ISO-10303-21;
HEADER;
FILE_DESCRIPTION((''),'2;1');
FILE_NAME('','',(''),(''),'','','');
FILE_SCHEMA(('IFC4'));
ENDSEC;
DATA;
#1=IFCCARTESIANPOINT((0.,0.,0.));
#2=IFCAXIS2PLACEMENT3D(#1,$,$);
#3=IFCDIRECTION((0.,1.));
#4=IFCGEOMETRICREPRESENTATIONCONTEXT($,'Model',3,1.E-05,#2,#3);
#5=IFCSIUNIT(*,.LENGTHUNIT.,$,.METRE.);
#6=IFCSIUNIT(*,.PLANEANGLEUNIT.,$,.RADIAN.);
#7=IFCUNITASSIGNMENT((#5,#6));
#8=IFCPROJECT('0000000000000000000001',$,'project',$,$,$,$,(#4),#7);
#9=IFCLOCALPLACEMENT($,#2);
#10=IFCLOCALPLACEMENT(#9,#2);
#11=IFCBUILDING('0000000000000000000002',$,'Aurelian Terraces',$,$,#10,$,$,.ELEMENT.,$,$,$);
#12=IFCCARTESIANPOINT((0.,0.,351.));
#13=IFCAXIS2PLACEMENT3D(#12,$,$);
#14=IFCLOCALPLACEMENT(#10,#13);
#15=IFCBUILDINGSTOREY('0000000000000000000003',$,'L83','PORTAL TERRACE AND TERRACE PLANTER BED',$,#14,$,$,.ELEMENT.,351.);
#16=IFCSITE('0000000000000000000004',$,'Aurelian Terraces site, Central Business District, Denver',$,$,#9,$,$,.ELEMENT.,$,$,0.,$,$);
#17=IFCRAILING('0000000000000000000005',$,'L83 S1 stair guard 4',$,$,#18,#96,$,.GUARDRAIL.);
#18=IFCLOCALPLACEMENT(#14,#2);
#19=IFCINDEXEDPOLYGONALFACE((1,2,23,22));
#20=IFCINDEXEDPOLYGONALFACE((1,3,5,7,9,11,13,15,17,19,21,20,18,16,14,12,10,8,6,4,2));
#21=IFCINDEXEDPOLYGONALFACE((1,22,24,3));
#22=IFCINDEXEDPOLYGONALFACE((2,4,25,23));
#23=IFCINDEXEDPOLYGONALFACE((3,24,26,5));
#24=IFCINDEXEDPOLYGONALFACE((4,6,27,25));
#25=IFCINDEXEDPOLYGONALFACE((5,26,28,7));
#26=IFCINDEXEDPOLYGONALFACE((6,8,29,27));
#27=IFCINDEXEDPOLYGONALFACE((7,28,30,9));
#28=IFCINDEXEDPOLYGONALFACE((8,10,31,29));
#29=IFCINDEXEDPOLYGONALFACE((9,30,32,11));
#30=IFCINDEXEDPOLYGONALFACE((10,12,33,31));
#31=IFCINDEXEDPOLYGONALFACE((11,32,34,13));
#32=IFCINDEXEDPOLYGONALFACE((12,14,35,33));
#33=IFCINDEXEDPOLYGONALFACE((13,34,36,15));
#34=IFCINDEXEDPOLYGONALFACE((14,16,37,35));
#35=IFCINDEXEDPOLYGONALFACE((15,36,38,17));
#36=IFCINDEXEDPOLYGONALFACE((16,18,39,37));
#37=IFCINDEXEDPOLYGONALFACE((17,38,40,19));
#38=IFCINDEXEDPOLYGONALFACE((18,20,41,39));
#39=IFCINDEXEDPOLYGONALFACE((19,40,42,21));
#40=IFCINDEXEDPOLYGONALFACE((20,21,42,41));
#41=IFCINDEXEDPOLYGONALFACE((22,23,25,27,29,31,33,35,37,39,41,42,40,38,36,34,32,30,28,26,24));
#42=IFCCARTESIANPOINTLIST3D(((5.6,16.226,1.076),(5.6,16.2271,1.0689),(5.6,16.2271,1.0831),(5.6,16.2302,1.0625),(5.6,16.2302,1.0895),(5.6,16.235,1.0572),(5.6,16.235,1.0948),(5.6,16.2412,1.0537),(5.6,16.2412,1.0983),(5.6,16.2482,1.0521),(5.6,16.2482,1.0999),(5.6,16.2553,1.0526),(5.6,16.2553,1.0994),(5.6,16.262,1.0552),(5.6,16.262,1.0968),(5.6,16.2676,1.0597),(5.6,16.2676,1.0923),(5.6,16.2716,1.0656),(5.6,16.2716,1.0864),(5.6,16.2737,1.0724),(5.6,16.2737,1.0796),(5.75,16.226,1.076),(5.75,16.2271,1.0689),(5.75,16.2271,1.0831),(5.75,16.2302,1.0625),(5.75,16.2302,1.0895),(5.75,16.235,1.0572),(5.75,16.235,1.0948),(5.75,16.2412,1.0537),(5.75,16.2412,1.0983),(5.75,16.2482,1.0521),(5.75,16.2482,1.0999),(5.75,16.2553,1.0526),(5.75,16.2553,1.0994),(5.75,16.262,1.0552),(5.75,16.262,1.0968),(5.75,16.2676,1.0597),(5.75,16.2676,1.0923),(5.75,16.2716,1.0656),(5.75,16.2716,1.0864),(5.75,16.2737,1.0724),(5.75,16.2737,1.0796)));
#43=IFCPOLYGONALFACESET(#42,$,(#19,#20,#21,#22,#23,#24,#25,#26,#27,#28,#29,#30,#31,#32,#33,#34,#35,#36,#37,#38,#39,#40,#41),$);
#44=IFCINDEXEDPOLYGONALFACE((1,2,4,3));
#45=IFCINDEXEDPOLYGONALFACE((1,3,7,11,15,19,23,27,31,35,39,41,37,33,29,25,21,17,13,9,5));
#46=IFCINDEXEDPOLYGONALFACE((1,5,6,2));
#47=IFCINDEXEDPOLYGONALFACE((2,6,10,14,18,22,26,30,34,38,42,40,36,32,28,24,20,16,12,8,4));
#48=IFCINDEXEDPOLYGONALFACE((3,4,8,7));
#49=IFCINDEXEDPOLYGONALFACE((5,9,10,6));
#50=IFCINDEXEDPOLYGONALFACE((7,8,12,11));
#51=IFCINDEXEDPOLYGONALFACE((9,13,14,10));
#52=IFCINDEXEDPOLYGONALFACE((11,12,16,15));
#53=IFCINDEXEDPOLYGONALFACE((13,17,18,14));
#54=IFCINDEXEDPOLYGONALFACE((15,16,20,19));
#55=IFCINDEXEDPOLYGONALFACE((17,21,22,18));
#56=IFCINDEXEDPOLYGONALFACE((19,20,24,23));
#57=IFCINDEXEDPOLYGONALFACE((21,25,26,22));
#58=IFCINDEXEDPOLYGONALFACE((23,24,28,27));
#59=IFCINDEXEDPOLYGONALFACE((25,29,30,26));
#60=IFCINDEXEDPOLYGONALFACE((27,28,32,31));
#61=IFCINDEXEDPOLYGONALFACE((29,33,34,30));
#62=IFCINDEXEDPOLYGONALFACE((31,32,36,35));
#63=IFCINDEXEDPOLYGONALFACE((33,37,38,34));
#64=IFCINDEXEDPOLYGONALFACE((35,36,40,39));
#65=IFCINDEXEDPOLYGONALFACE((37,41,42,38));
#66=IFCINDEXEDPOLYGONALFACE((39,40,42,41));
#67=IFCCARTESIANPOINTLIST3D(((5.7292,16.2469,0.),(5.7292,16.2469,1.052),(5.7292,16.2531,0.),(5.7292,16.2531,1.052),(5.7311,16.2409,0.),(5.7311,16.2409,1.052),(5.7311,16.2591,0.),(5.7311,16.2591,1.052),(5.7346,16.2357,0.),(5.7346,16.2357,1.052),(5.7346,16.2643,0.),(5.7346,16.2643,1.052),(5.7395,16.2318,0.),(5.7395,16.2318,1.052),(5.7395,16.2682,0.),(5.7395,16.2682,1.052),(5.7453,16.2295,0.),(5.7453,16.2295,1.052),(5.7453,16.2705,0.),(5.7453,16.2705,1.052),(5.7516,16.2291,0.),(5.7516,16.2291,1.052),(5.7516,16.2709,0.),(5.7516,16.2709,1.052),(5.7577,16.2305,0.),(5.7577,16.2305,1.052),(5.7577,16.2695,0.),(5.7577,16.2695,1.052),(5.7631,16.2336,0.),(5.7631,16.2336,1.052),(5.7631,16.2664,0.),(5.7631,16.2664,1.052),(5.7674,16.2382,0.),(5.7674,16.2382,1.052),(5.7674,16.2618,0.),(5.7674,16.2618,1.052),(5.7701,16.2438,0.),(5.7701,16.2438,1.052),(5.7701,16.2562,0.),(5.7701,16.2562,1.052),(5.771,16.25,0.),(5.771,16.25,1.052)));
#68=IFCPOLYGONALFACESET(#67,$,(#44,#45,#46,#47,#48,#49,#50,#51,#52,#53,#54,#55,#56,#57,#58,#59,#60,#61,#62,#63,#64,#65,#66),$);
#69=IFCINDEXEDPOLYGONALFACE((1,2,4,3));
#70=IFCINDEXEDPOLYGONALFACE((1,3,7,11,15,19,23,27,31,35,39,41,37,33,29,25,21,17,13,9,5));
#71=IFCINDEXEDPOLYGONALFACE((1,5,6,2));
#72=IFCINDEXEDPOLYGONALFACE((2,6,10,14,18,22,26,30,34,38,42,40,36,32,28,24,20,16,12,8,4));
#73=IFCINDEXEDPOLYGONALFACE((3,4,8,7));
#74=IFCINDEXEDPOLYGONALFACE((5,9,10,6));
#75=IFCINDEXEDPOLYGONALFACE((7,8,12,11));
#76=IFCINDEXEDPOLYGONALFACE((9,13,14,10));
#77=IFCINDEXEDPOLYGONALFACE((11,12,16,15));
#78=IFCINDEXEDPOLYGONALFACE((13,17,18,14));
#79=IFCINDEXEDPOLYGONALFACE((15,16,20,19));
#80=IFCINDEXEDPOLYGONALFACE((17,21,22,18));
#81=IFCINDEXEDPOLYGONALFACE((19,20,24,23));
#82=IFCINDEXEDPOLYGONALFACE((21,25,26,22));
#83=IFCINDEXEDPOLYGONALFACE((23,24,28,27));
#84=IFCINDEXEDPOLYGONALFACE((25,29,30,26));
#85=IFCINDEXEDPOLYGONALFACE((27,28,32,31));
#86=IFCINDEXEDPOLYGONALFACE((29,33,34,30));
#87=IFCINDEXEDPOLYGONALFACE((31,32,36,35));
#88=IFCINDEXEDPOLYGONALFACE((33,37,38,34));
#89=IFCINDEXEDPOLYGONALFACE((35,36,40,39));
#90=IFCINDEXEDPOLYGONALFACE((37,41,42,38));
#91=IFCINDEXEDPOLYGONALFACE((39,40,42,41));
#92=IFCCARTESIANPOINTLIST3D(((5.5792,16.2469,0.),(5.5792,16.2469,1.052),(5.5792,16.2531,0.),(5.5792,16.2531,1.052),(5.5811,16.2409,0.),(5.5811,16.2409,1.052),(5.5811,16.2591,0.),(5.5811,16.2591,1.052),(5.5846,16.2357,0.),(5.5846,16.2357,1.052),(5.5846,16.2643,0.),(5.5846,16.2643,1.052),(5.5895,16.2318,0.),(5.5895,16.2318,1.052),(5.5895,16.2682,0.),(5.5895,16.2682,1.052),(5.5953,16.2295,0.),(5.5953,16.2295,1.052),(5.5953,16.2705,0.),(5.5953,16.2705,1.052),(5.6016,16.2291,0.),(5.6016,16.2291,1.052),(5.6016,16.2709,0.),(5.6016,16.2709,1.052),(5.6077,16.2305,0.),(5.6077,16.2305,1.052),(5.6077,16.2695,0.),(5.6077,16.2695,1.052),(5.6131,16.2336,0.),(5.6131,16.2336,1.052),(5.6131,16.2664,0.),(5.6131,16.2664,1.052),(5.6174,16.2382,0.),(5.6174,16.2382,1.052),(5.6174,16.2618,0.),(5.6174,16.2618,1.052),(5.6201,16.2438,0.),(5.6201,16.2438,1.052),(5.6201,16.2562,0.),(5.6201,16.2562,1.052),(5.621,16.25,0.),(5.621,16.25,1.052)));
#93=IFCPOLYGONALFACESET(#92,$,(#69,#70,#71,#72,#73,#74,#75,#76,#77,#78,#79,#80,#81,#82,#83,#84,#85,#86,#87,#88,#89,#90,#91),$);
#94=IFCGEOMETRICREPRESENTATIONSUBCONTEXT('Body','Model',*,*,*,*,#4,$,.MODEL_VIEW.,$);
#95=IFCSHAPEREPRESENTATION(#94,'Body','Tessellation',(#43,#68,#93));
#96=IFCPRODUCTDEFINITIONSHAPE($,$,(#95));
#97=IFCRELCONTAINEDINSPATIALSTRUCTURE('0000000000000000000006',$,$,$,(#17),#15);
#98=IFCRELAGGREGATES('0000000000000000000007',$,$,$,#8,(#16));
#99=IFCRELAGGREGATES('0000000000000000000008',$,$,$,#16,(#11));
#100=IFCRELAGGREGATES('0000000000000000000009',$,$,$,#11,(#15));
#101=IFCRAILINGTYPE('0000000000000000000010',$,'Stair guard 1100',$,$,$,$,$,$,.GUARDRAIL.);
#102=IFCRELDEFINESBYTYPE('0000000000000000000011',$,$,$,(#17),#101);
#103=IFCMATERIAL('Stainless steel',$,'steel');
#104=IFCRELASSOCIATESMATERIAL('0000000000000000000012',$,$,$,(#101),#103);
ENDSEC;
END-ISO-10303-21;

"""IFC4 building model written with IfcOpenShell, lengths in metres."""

from ifc_helpers import new_model, si_unit, direction, frame, origin, origin_2d, place, context, subcontext, project, spatial, circle, extrude, source, transform, mapped, material, type_object, element, save


model = new_model("IFC4")

# Units and contexts
model_context = context("Model", 3, precision=1e-05, world=origin(), true_north=direction((0.0, 1.0)))
body_context = subcontext(model_context, "Body", "Model", "MODEL_VIEW")
ifc_project = project(units=[si_unit("LENGTHUNIT", "METRE"), si_unit("PLANEANGLEUNIT", "RADIAN")], contexts=[model_context])

# Site, building, storey
site_placement = place(None, origin())
site = spatial("IfcSite", under=ifc_project, at=site_placement, Name="Aurelian Terraces site, Central Business District, Denver", CompositionType="ELEMENT", RefElevation=0.0)
building_placement = place(site_placement, origin())
building = spatial("IfcBuilding", under=site, at=building_placement, Name="Aurelian Terraces", CompositionType="ELEMENT")
storey_placement = place(building_placement, frame((0.0, 0.0, 351.0)))
storey = spatial("IfcBuildingStorey", under=building, at=storey_placement, Name="L83", Description="PORTAL TERRACE AND TERRACE PLANTER BED", CompositionType="ELEMENT", Elevation=351.0)

# Shared definitions
ifc_material_1 = material(Name="Stainless steel", Category="steel")

# Railing
railing_type = type_object("IfcRailingType", Name="Stair guard 1100", PredefinedType="GUARDRAIL", material=ifc_material_1)
shared_shape_1 = source(origin(), body_context, "Body", "SweptSolid", [
    extrude(circle(Radius=0.024, at=origin_2d()), frame((0.0, 0.0, 1.076), z_axis=(-1.0, 0.0, 0.0), x_axis=(0.0, -1.0, 0.0)), (0.0, 0.0, 1.0), 0.15),
    extrude(circle(Radius=0.021, at=origin_2d()), origin(), (0.0, 0.0, 1.0), 1.052),
    extrude(circle(Radius=0.021, at=origin_2d()), frame((-0.15, 0.0, 0.0)), (0.0, 0.0, 1.0), 1.052),
])
railing_1_placement = place(storey_placement, frame((5.75, 16.25, 0.0)))
element("IfcRailing", 1, at=railing_1_placement, inside=storey, type_object=railing_type, Name="L83 S1 stair guard 4", PredefinedType="GUARDRAIL", context=body_context, shape_type="MappedRepresentation", body=[
    mapped(shared_shape_1, transform((0.0, 0.0, 0.0), scale=1.0)),
])

save(model, "model.ifc")
